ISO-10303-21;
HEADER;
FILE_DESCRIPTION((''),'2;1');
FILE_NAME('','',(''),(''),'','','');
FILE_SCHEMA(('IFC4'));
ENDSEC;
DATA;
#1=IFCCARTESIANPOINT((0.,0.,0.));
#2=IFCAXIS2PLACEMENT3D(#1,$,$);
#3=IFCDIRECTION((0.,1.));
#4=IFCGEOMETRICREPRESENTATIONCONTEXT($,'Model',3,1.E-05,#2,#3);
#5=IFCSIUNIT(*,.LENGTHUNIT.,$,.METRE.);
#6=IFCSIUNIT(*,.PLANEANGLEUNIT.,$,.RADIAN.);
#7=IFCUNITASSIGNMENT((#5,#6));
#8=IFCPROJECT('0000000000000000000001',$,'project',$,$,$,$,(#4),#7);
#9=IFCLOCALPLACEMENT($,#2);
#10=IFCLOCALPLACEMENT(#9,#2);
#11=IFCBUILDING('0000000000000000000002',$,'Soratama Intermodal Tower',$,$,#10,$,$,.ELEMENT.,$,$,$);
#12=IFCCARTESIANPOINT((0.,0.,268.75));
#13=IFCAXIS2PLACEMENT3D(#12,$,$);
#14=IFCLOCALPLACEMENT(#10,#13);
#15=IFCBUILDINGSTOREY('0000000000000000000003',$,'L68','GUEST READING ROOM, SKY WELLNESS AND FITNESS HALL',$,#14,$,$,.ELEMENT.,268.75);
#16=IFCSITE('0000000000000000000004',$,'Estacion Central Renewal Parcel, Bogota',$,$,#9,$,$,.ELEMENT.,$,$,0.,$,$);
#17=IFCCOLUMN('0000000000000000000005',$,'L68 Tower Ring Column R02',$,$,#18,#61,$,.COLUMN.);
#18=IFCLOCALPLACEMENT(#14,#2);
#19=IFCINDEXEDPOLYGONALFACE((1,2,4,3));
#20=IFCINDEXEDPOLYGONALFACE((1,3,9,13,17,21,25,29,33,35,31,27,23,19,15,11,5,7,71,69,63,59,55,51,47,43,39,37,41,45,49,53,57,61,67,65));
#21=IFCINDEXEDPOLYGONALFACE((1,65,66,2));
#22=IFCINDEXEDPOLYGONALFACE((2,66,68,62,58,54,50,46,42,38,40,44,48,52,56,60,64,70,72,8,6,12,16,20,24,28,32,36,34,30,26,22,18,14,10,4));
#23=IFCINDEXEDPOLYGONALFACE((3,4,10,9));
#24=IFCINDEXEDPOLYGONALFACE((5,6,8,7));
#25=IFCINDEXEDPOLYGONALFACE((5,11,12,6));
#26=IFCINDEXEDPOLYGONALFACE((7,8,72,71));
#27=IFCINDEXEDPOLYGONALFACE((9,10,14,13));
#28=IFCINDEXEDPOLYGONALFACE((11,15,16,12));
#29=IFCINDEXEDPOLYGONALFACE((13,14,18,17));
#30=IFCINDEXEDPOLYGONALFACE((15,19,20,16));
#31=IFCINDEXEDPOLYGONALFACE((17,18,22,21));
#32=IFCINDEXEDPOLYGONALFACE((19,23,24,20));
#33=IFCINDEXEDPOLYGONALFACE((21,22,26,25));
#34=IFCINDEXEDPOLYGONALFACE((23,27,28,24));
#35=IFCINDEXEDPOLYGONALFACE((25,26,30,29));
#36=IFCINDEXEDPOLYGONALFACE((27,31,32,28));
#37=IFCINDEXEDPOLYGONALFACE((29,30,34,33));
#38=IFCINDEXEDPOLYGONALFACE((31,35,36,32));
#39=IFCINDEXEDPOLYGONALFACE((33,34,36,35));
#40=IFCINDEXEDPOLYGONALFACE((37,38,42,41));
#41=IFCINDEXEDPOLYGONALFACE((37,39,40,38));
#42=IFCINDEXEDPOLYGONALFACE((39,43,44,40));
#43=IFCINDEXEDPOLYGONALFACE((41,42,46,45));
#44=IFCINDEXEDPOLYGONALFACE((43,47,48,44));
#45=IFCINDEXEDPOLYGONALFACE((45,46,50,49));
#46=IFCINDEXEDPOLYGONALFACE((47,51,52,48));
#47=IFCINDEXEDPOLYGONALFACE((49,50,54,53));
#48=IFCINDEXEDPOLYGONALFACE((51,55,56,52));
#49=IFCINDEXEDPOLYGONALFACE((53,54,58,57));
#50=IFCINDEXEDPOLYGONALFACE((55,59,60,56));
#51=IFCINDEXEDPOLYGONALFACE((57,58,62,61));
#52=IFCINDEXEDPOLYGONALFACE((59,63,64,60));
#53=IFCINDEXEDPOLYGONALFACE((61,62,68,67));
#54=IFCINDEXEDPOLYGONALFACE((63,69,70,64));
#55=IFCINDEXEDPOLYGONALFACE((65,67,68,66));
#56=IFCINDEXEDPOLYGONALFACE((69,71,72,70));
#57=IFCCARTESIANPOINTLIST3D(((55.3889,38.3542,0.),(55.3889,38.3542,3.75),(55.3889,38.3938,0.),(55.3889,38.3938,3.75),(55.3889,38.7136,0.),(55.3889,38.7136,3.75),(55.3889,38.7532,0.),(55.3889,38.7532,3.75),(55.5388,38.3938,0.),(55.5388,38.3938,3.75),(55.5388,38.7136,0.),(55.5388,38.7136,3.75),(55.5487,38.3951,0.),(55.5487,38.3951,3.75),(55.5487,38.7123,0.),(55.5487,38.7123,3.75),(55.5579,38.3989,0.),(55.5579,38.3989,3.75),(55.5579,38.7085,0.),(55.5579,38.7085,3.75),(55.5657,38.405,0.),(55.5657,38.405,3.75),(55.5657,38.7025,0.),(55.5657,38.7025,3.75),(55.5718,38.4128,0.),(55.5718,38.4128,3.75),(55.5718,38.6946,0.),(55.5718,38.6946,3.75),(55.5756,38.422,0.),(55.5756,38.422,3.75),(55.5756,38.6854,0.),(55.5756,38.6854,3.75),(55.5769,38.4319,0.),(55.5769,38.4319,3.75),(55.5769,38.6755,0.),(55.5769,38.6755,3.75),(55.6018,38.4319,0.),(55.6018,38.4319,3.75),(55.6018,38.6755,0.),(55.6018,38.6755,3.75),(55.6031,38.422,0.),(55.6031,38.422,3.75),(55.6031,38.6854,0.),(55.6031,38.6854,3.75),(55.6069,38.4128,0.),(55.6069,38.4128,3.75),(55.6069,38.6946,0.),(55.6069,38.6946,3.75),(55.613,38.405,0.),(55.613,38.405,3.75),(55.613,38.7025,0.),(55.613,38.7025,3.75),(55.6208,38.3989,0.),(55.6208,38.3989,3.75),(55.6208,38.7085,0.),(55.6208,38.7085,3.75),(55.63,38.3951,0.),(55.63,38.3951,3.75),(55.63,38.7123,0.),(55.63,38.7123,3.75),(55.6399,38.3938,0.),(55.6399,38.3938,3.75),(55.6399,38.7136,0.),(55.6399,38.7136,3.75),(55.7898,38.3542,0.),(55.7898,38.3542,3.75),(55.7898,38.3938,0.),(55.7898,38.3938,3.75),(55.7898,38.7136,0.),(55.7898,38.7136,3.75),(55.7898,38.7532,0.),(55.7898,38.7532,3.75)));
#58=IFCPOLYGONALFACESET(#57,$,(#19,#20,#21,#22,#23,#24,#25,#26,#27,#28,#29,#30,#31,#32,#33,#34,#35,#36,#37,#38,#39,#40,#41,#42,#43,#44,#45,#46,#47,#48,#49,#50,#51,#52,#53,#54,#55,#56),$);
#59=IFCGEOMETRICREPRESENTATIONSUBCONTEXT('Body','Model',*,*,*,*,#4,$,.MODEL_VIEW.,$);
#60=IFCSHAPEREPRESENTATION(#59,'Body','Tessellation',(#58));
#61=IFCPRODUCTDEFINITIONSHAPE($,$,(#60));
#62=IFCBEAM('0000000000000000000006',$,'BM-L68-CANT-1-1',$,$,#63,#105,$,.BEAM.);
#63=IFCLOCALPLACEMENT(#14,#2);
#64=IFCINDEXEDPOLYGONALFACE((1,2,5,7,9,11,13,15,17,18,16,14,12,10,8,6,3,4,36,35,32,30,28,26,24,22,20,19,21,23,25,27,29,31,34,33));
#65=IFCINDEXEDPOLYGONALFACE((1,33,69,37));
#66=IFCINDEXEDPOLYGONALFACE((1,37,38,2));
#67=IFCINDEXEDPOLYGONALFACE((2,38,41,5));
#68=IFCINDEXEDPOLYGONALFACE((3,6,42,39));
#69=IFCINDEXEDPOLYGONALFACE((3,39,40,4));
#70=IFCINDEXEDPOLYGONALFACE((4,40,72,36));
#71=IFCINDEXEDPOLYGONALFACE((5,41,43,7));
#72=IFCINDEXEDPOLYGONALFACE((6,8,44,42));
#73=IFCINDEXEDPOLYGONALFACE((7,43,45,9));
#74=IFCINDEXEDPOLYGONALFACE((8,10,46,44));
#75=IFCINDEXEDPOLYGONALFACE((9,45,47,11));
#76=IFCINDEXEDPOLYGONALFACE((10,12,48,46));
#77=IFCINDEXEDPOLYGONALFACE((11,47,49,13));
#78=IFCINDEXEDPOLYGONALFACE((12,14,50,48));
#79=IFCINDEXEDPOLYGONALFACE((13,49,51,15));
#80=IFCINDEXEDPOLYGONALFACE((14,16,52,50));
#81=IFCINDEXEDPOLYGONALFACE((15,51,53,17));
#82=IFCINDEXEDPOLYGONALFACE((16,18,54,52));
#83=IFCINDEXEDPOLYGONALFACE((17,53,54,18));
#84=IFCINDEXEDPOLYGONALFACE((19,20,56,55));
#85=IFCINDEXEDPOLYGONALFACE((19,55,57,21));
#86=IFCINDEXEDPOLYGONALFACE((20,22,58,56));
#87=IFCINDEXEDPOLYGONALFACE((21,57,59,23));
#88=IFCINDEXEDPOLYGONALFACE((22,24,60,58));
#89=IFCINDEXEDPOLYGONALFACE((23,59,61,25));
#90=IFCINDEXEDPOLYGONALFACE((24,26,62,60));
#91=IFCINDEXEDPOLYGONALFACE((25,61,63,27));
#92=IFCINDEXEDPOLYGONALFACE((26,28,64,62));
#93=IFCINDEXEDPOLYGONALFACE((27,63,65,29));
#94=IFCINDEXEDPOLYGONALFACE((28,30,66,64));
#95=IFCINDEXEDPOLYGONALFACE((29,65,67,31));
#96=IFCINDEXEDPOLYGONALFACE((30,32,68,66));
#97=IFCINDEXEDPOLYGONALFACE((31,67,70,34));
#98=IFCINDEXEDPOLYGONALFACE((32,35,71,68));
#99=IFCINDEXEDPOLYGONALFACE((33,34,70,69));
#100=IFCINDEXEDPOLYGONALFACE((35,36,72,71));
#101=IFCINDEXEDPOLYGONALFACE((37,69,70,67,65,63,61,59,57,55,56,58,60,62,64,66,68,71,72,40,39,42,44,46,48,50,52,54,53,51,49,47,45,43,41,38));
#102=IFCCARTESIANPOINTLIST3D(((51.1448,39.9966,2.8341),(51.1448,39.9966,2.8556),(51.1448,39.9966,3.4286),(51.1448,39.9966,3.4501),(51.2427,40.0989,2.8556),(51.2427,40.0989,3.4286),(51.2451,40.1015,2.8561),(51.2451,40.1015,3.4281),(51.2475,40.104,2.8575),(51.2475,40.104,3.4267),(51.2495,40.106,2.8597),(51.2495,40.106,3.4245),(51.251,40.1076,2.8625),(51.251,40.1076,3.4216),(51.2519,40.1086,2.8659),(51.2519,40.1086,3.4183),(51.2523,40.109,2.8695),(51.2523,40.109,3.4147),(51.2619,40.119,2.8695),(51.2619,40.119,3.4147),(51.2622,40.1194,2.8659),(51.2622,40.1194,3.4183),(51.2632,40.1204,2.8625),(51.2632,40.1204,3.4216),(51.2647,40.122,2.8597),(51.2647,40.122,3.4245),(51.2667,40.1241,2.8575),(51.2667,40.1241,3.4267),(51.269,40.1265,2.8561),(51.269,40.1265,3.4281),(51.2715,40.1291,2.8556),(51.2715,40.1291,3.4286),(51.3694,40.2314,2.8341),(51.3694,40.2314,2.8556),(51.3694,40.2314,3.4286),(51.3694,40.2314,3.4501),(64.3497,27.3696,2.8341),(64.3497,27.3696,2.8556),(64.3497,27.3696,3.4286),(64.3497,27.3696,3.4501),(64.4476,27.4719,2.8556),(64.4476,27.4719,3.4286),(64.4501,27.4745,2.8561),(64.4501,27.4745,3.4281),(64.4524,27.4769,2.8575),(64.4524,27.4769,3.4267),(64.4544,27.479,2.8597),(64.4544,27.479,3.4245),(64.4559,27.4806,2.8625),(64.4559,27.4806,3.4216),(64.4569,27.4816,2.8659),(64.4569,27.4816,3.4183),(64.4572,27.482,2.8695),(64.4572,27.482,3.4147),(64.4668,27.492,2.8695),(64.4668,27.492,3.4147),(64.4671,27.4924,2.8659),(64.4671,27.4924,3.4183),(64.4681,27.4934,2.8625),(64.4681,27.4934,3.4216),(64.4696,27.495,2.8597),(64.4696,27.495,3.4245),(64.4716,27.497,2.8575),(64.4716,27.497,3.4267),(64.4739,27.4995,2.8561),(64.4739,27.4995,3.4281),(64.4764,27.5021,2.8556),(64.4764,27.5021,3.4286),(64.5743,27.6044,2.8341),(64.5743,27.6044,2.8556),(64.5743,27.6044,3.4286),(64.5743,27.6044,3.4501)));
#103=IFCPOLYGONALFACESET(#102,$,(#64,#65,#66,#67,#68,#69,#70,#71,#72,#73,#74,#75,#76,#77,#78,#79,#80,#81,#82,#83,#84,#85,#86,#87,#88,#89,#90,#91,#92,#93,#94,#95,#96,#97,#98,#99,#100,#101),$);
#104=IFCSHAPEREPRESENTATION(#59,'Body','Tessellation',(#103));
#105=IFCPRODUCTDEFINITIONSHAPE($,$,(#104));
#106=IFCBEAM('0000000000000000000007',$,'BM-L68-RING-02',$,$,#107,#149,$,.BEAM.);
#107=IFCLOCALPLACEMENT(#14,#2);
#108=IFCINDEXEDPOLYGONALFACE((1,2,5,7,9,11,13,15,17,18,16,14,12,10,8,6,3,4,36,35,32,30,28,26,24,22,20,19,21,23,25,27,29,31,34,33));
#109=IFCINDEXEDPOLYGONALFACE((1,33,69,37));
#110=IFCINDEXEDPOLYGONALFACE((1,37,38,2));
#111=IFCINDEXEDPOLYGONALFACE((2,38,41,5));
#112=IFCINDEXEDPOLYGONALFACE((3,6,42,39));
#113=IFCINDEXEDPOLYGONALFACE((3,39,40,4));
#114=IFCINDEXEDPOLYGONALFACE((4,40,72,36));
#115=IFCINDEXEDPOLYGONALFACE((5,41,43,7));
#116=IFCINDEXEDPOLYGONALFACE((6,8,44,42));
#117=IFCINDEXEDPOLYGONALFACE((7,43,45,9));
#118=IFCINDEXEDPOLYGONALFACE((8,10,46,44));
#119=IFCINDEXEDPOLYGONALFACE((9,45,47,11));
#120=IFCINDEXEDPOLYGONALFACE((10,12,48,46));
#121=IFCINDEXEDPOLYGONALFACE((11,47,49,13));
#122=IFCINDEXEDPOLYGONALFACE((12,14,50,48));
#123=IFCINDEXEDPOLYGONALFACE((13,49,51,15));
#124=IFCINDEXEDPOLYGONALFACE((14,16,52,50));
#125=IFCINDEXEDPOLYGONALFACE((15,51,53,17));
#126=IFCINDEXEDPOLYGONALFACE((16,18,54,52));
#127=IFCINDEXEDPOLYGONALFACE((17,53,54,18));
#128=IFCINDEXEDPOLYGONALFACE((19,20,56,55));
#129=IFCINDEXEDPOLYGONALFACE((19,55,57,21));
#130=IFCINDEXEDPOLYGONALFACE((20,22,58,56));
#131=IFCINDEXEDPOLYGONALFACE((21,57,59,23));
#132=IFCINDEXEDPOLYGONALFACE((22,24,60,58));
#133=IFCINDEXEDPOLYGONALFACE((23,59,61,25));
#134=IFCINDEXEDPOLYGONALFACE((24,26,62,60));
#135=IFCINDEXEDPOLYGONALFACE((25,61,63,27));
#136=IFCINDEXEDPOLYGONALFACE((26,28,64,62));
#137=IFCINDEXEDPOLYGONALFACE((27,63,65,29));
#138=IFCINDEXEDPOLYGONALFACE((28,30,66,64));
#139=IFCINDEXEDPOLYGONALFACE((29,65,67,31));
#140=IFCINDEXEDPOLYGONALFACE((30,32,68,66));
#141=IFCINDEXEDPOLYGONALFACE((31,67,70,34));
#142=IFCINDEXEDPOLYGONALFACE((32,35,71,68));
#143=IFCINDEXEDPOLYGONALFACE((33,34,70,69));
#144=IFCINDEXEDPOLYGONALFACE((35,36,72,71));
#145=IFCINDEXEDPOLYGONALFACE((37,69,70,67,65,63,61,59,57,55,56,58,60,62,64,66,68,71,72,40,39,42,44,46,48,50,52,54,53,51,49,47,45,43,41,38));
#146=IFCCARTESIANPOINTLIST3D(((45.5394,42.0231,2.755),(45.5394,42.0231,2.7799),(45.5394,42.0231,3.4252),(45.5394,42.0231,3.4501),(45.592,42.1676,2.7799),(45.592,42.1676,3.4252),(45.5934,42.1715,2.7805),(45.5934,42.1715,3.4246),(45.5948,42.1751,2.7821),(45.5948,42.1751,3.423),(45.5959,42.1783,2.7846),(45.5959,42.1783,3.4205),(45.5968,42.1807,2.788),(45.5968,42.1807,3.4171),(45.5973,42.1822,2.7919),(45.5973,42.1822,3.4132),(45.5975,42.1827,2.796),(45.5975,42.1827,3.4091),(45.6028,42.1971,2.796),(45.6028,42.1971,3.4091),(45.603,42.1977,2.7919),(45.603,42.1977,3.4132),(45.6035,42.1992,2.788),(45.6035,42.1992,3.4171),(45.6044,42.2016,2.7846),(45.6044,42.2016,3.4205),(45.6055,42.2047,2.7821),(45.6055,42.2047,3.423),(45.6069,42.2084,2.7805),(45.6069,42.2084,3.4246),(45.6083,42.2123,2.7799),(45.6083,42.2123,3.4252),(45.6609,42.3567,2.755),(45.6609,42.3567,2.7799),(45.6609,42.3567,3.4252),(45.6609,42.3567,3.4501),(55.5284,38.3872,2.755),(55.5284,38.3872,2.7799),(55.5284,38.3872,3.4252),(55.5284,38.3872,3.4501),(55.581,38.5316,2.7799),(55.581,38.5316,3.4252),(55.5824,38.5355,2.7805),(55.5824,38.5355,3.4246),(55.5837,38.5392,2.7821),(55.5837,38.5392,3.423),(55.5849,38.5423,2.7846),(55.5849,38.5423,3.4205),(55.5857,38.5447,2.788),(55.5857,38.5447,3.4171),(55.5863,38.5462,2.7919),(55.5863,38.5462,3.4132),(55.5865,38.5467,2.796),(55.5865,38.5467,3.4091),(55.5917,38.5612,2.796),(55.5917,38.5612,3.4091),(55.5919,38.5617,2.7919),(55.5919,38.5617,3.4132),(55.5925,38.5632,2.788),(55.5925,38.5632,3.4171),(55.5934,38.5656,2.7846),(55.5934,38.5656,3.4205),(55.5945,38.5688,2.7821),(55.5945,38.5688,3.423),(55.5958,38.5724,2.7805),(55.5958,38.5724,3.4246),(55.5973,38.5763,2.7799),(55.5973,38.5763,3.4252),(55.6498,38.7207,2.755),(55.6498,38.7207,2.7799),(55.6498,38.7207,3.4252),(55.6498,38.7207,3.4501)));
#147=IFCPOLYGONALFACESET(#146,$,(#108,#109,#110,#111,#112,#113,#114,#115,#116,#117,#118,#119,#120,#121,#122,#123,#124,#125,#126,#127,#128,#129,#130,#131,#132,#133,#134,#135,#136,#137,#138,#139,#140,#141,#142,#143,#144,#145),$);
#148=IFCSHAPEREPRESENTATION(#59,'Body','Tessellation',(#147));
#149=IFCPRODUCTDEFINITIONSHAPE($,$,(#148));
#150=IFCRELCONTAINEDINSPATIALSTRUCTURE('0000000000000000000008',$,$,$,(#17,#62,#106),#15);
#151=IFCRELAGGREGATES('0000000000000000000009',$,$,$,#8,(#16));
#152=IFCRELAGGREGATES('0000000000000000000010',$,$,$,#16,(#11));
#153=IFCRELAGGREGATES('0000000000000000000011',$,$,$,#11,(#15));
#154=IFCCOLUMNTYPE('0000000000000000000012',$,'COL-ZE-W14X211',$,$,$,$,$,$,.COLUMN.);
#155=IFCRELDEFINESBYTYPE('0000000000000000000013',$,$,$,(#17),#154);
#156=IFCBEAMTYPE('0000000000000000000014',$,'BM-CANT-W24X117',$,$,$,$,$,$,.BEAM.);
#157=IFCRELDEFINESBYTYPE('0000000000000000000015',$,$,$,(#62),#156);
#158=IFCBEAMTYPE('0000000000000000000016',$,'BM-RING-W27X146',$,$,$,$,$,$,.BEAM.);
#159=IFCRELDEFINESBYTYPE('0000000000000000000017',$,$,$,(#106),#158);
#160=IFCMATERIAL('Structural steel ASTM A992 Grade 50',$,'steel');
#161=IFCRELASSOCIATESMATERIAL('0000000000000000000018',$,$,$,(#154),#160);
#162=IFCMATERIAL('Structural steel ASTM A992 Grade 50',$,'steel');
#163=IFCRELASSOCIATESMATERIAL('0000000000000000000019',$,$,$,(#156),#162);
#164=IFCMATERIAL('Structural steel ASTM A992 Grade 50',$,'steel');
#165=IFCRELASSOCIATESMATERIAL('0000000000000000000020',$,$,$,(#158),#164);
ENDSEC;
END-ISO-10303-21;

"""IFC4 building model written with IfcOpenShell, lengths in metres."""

from ifc_helpers import new_model, si_unit, direction, frame, origin, origin_2d, place, context, subcontext, project, spatial, i_section, extrude, material, material_profile, profile_set, type_object, element, save


model = new_model("IFC4")

# Units and contexts
model_context = context("Model", 3, precision=1e-05, world=origin(), true_north=direction((0.0, 1.0)))
body_context = subcontext(model_context, "Body", "Model", "MODEL_VIEW")
ifc_project = project(units=[si_unit("LENGTHUNIT", "METRE"), si_unit("PLANEANGLEUNIT", "RADIAN")], contexts=[model_context])

# Site, building, storey
site_placement = place(None, origin())
site = spatial("IfcSite", under=ifc_project, at=site_placement, Name="Estacion Central Renewal Parcel, Bogota", CompositionType="ELEMENT", RefElevation=0.0)
building_placement = place(site_placement, origin())
building = spatial("IfcBuilding", under=site, at=building_placement, Name="Soratama Intermodal Tower", CompositionType="ELEMENT")
storey_placement = place(building_placement, frame((0.0, 0.0, 268.75)))
storey = spatial("IfcBuildingStorey", under=building, at=storey_placement, Name="L68", Description="GUEST READING ROOM, SKY WELLNESS AND FITNESS HALL", CompositionType="ELEMENT", Elevation=268.75)

# Column
ifc_material_1 = material(Name="Structural steel ASTM A992 Grade 50", Category="steel")
ifc_material_profile_1 = material_profile(ifc_material_1, i_section(OverallWidth=0.4009, OverallDepth=0.3989, WebThickness=0.0249, FlangeThickness=0.0396, FilletRadius=0.0381, at=origin_2d()), Name="W14X211")
ifc_profile_set_1 = profile_set([ifc_material_profile_1], Name="Structural steel ASTM A992 Grade 50")
column_type = type_object("IfcColumnType", Name="COL-ZE-W14X211", PredefinedType="COLUMN", material=ifc_profile_set_1)
column_placement = place(storey_placement, frame((55.5894, 38.5537, 0.0), z_axis=(0.0, 0.0, 1.0), x_axis=(1.0, 0.0, 0.0)))
element("IfcColumn", 1, at=column_placement, inside=storey, type_object=column_type, Name="L68 Tower Ring Column R02", PredefinedType="COLUMN", context=body_context, shape_type="SweptSolid", body=[
    extrude(i_section(OverallWidth=0.4009, OverallDepth=0.3989, WebThickness=0.0249, FlangeThickness=0.0396, FilletRadius=0.0381, at=origin_2d()), origin(), (0.0, 0.0, 1.0), 3.75),
])

# Beams
ifc_material_2 = material(Name="Structural steel ASTM A992 Grade 50", Category="steel")
ifc_material_profile_2 = material_profile(ifc_material_2, i_section(OverallWidth=0.325, OverallDepth=0.616, WebThickness=0.0139, FlangeThickness=0.0215, FilletRadius=0.0139, at=origin_2d()), Name="W24X117")
ifc_profile_set_2 = profile_set([ifc_material_profile_2], Name="Structural steel ASTM A992 Grade 50")
beam_type_1 = type_object("IfcBeamType", Name="BM-CANT-W24X117", PredefinedType="BEAM", material=ifc_profile_set_2)
beam_1_placement = place(storey_placement, frame((51.2571, 40.114, 3.1421), z_axis=(0.722745, -0.691115, 0.0), x_axis=(0.691115, 0.722745, 0.0)))
element("IfcBeam", 2, at=beam_1_placement, inside=storey, type_object=beam_type_1, Name="BM-L68-CANT-1-1", PredefinedType="BEAM", context=body_context, shape_type="SweptSolid", body=[
    extrude(i_section(OverallWidth=0.325, OverallDepth=0.616, WebThickness=0.0139, FlangeThickness=0.0215, FilletRadius=0.0139, at=origin_2d()), origin(), (0.0, 0.0, 1.0), 18.2705),
])
ifc_material_3 = material(Name="Structural steel ASTM A992 Grade 50", Category="steel")
ifc_material_profile_3 = material_profile(ifc_material_3, i_section(OverallWidth=0.355, OverallDepth=0.6951, WebThickness=0.0154, FlangeThickness=0.0249, FilletRadius=0.0161, at=origin_2d()), Name="W27X146")
ifc_profile_set_3 = profile_set([ifc_material_profile_3], Name="Structural steel ASTM A992 Grade 50")
beam_type_2 = type_object("IfcBeamType", Name="BM-RING-W27X146", PredefinedType="BEAM", material=ifc_profile_set_3)
beam_2_placement = place(storey_placement, frame((55.5891, 38.554, 3.1025), z_axis=(-0.939684, 0.342044, 0.0), x_axis=(-0.342044, -0.939684, 0.0)))
element("IfcBeam", 3, at=beam_2_placement, inside=storey, type_object=beam_type_2, Name="BM-L68-RING-02", PredefinedType="BEAM", context=body_context, shape_type="SweptSolid", body=[
    extrude(i_section(OverallWidth=0.355, OverallDepth=0.6951, WebThickness=0.0154, FlangeThickness=0.0249, FilletRadius=0.0161, at=origin_2d()), origin(), (0.0, 0.0, 1.0), 10.6301),
])

save(model, "model.ifc")
